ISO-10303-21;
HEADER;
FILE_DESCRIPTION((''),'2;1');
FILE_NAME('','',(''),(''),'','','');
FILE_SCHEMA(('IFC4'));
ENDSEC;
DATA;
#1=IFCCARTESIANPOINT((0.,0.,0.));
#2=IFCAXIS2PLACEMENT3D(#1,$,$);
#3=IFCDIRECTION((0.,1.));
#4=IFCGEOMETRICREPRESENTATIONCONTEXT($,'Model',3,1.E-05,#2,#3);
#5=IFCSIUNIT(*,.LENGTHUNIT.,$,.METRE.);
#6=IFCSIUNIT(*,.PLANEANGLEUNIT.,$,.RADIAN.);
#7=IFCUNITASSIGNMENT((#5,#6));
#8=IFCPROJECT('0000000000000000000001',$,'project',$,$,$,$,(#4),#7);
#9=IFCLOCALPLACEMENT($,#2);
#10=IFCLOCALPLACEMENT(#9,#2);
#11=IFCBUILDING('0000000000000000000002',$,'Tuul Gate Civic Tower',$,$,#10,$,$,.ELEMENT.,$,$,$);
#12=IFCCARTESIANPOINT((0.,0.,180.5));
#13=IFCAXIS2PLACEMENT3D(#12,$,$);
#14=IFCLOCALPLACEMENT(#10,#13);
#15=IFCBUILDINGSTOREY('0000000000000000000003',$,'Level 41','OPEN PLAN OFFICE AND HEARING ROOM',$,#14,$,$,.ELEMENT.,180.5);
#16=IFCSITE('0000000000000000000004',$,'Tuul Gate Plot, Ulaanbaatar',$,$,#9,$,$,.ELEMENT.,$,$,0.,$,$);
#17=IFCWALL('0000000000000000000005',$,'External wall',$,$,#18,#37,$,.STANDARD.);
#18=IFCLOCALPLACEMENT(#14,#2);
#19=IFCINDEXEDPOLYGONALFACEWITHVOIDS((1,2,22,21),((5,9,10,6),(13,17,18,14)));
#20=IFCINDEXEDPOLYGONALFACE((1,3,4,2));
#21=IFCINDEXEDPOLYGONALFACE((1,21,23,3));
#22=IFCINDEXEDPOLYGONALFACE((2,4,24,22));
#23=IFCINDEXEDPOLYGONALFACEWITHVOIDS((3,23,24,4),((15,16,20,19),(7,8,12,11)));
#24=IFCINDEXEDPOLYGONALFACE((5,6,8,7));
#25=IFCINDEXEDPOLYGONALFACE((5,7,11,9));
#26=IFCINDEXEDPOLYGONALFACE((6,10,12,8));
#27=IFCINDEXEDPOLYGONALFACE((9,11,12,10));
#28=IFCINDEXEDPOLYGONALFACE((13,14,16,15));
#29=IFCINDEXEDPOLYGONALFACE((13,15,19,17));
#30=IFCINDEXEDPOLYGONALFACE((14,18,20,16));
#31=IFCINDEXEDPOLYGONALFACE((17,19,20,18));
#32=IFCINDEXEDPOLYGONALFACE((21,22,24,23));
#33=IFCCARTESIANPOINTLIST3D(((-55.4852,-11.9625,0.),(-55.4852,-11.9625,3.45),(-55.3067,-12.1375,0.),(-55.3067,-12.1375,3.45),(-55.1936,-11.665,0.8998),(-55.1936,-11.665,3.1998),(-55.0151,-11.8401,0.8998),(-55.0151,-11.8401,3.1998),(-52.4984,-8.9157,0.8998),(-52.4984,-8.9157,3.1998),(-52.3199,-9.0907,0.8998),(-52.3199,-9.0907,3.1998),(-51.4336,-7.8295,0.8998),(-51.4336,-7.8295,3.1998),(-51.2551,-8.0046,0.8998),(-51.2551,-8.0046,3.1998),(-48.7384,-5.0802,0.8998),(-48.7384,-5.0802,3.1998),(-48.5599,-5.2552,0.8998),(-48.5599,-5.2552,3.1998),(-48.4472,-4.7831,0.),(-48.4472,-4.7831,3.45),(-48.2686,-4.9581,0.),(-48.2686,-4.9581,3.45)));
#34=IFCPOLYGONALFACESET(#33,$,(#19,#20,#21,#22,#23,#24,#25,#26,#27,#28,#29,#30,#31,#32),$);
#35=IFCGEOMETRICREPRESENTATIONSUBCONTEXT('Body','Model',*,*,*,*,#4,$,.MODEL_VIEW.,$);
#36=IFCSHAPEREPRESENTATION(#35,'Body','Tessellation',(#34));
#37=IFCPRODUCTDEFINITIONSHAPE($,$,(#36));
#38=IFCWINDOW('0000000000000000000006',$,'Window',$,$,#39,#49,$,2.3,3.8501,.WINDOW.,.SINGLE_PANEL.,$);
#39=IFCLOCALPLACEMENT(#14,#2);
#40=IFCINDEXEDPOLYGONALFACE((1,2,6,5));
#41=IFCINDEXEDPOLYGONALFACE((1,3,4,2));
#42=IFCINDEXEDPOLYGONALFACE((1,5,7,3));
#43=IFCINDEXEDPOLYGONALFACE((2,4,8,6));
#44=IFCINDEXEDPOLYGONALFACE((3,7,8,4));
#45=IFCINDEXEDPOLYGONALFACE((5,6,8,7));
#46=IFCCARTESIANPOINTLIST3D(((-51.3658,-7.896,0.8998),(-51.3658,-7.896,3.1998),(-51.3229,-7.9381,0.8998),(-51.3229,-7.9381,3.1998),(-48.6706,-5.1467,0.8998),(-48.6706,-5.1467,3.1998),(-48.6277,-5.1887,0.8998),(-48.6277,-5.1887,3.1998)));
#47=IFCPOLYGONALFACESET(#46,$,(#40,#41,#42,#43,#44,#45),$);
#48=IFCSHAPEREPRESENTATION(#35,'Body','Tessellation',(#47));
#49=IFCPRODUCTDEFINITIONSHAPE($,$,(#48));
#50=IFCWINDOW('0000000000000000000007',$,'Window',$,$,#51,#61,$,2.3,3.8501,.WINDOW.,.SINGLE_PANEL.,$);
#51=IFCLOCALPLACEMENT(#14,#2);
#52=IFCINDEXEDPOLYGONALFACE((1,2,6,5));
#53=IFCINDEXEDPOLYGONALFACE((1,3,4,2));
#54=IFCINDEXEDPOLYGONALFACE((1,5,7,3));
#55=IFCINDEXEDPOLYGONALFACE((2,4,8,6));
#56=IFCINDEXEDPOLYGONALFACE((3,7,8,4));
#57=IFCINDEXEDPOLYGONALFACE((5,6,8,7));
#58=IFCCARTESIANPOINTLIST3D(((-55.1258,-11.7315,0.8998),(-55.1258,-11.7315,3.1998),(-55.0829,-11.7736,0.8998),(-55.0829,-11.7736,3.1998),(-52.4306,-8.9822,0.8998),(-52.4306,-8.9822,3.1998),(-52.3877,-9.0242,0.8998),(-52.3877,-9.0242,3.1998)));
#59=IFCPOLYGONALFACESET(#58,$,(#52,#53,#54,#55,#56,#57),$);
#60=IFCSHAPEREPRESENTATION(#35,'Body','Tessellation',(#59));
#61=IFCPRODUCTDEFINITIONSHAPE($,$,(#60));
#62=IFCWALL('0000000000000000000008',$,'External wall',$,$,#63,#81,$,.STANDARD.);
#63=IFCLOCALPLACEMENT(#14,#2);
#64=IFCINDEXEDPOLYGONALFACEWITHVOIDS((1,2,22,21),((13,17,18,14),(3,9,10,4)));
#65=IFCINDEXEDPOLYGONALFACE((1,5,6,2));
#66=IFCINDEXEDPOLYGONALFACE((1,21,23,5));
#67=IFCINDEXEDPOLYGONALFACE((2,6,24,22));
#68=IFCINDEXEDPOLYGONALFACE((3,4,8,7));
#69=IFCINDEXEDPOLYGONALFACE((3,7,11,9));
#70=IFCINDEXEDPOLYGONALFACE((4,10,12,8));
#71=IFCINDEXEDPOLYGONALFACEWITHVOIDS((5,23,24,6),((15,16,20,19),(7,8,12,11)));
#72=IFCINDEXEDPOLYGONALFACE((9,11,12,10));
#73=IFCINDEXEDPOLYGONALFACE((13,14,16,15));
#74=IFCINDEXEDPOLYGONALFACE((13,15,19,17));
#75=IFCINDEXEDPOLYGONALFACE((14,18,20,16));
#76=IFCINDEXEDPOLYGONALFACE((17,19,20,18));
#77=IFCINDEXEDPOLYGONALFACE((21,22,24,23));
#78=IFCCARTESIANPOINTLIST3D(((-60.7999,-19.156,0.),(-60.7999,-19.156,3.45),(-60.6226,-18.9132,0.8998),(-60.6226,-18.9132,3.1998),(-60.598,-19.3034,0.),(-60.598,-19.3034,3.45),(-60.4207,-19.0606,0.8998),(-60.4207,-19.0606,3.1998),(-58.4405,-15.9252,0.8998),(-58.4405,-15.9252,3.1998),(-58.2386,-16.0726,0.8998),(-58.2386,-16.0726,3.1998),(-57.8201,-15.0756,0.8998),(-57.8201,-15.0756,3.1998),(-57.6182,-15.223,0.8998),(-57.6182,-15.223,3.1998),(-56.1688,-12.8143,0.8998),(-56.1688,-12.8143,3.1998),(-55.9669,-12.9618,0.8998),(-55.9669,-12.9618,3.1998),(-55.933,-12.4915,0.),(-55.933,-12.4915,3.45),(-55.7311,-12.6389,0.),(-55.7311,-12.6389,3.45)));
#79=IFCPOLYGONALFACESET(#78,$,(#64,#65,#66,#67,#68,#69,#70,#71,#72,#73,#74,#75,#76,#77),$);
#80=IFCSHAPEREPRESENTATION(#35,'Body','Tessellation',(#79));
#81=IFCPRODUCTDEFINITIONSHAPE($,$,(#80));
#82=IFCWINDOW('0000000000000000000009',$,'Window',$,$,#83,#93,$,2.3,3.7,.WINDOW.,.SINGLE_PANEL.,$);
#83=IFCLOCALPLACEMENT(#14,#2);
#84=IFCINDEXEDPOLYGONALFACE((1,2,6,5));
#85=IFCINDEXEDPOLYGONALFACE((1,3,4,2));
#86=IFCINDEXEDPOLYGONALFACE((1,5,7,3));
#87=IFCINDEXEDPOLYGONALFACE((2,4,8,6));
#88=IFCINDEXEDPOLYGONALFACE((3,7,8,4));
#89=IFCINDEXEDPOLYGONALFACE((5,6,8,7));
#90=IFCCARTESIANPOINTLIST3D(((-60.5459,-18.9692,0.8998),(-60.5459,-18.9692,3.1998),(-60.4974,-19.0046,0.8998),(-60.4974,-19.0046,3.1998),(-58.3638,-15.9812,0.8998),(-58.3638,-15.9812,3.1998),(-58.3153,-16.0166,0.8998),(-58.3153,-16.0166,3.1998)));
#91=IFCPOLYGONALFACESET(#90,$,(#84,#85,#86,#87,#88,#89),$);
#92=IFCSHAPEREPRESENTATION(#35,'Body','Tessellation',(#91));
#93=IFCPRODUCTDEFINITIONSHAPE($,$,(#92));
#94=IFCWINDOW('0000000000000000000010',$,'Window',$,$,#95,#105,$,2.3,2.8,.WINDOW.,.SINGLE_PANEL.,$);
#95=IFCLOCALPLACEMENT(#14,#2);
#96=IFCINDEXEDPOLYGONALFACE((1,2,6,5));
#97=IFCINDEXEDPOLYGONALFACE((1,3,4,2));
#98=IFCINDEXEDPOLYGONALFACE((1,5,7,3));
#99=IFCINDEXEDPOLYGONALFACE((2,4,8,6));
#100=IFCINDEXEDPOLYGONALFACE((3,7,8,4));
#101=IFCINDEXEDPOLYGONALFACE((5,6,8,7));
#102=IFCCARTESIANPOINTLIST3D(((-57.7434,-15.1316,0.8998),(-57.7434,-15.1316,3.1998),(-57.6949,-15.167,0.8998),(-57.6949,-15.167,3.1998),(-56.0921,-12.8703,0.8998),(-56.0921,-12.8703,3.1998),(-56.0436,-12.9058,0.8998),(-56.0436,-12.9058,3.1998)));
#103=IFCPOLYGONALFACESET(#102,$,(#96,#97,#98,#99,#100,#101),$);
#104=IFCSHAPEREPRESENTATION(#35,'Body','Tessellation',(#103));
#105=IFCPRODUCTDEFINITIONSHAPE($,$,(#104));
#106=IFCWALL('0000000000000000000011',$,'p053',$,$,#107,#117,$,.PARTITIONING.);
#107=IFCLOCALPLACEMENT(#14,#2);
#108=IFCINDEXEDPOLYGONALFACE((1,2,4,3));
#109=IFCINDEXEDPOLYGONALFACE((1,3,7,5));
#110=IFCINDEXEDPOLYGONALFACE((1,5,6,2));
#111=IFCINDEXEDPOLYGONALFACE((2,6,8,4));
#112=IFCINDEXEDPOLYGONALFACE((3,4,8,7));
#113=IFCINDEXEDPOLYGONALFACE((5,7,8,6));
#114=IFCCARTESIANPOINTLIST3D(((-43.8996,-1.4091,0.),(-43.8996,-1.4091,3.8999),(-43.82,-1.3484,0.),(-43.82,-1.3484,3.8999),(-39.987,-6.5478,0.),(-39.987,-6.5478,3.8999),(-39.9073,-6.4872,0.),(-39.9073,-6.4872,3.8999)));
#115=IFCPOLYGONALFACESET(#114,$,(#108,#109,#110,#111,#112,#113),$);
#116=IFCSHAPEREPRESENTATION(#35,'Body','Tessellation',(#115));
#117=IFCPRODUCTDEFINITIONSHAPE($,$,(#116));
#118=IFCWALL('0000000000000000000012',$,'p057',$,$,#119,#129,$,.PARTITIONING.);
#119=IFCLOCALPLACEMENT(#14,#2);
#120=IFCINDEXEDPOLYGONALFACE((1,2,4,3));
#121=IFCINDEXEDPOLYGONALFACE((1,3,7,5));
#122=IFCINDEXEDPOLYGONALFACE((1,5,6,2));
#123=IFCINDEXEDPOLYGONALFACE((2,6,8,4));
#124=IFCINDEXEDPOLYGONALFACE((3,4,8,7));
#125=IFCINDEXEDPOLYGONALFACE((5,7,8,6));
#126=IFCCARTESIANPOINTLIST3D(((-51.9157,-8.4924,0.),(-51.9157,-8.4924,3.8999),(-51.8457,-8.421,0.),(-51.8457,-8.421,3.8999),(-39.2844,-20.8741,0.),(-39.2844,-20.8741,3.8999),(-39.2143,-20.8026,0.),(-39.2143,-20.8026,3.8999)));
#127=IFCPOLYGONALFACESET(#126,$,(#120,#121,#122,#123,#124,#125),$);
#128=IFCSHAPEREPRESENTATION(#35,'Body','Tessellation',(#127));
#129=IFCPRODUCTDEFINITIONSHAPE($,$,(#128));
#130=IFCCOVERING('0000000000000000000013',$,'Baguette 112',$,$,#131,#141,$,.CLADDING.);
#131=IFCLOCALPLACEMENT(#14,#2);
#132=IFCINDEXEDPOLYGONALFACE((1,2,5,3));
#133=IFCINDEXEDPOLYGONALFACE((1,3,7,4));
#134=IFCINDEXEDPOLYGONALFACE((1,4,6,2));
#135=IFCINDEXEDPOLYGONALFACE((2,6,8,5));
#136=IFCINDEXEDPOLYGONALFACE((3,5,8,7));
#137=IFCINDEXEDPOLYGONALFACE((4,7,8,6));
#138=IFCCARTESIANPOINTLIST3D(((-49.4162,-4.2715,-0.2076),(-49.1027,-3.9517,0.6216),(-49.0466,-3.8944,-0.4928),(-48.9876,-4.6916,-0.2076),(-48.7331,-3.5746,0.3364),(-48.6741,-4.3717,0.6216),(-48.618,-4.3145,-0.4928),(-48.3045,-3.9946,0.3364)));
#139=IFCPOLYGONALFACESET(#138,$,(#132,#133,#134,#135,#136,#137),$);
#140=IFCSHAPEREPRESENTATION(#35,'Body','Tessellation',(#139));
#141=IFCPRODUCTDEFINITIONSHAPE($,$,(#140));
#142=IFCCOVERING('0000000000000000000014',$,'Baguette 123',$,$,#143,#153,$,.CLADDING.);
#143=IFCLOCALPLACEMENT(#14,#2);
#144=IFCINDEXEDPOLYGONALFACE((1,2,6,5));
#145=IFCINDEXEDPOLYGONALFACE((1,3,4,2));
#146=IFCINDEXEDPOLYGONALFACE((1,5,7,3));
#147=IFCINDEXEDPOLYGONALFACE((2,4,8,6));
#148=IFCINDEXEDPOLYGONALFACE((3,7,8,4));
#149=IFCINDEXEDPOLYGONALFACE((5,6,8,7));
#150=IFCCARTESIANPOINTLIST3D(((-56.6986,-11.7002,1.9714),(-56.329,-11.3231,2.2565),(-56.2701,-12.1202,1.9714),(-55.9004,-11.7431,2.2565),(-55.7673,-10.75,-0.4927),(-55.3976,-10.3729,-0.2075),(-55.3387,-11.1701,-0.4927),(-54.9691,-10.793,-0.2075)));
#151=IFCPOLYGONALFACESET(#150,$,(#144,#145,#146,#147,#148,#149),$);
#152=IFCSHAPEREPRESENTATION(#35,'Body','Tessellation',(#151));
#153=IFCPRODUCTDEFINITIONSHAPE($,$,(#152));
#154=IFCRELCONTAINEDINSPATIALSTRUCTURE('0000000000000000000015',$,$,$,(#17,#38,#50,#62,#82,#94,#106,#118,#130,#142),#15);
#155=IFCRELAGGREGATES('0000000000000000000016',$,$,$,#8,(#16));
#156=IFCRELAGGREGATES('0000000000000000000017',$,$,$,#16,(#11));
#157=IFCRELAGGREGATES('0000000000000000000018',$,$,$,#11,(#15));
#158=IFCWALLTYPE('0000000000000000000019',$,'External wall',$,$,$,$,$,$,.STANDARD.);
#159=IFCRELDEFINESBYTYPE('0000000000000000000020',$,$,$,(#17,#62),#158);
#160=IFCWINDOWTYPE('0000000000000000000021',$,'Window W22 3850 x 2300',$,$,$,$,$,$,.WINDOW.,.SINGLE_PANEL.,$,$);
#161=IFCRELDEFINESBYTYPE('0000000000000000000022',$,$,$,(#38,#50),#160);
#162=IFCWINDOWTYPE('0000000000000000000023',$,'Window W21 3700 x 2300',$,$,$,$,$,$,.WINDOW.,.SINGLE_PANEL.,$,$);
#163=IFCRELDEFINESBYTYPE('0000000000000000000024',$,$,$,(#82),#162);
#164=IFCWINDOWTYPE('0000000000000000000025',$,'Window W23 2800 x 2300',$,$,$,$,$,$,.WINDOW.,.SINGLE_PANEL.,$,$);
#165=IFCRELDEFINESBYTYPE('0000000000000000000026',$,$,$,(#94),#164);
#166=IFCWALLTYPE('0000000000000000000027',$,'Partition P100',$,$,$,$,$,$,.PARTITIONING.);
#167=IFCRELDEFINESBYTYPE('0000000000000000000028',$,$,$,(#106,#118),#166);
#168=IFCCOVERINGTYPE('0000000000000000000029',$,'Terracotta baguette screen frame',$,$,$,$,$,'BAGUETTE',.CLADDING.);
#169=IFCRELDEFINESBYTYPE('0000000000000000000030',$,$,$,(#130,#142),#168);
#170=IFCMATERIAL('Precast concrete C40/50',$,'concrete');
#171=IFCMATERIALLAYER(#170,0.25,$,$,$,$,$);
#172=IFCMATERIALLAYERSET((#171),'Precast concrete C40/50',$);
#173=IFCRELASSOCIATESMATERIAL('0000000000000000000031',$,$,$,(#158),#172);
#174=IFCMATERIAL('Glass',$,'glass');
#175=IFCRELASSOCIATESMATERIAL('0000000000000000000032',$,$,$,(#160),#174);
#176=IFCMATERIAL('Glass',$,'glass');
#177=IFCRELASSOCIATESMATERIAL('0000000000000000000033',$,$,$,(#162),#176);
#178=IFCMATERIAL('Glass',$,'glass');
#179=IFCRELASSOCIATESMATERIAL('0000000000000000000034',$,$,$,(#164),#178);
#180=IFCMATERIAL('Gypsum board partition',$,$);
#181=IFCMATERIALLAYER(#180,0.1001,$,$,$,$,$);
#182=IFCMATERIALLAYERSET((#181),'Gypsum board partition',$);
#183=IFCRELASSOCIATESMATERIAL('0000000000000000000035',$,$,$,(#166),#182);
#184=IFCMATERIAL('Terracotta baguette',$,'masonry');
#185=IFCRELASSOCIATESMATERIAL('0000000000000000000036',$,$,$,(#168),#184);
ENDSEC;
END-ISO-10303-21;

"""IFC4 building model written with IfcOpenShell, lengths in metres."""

from ifc_helpers import new_model, si_unit, direction, frame, frame_2d, origin, origin_2d, place, context, subcontext, project, spatial, rectangle, extrude, material, layer, layer_set, material_profile, profile_set, type_object, element, fill, save


model = new_model("IFC4")

# Units and contexts
model_context = context("Model", 3, precision=1e-05, world=origin(), true_north=direction((0.0, 1.0)))
body_context = subcontext(model_context, "Body", "Model", "MODEL_VIEW")
ifc_project = project(units=[si_unit("LENGTHUNIT", "METRE"), si_unit("PLANEANGLEUNIT", "RADIAN")], contexts=[model_context])

# Site, building, storey
site_placement = place(None, origin())
site = spatial("IfcSite", under=ifc_project, at=site_placement, Name="Tuul Gate Plot, Ulaanbaatar", CompositionType="ELEMENT", RefElevation=0.0)
building_placement = place(site_placement, origin())
building = spatial("IfcBuilding", under=site, at=building_placement, Name="Tuul Gate Civic Tower", CompositionType="ELEMENT")
storey_placement = place(building_placement, frame((0.0, 0.0, 180.5)))
storey = spatial("IfcBuildingStorey", under=building, at=storey_placement, Name="Level 41", Description="OPEN PLAN OFFICE AND HEARING ROOM", CompositionType="ELEMENT", Elevation=180.5)

# Walls, openings, windows
ifc_material_1 = material(Name="Precast concrete C40/50", Category="concrete")
ifc_layer_1 = layer(ifc_material_1, 0.25)
ifc_layer_set_1 = layer_set([ifc_layer_1], Name="Precast concrete C40/50")
wall_type_1 = type_object("IfcWallType", Name="External wall", PredefinedType="STANDARD", material=ifc_layer_set_1)
ifc_material_2 = material(Name="Glass", Category="glass")
window_type_1 = type_object("IfcWindowType", Name="Window W22 3850 x 2300", PartitioningType="SINGLE_PANEL", PredefinedType="WINDOW", material=ifc_material_2)
wall_1_placement = place(storey_placement, frame((-48.3579, -4.8706, 0.0), z_axis=(0.0, 0.0, 1.0), x_axis=(-0.700042, -0.714102, 0.0)))
wall_1 = element("IfcWall", 1, at=wall_1_placement, inside=storey, type_object=wall_type_1, Name="External wall", PredefinedType="STANDARD", context=body_context, shape_type="SweptSolid", body=[
    extrude(rectangle(XDim=10.0537, YDim=0.25, at=frame_2d((5.0269, 0.0))), origin(), (0.0, 0.0, 1.0), 3.45),
])
opening_1_placement = place(wall_1_placement, frame((0.416, 0.0, 0.8999)))
opening_1 = element("IfcOpeningElement", 2, at=opening_1_placement, cuts=wall_1, PredefinedType="OPENING", context=body_context, shape_type="SweptSolid", body=[
    extrude(rectangle(XDim=3.8501, YDim=2.3, at=frame_2d((1.925, 1.1499))), frame((0.0, 0.135, 0.0), z_axis=(0.0, -1.0, 0.0), x_axis=(1.0, 0.0, 0.0)), (0.0, 0.0, 1.0), 0.27),
])
opening_2_placement = place(wall_1_placement, frame((5.7871, 0.0, 0.8999)))
opening_2 = element("IfcOpeningElement", 3, at=opening_2_placement, cuts=wall_1, PredefinedType="OPENING", context=body_context, shape_type="SweptSolid", body=[
    extrude(rectangle(XDim=3.8501, YDim=2.3, at=frame_2d((1.925, 1.1499))), frame((0.0, 0.135, 0.0), z_axis=(0.0, -1.0, 0.0), x_axis=(1.0, 0.0, 0.0)), (0.0, 0.0, 1.0), 0.27),
])
window_1_placement = place(opening_1_placement, origin())
window_1 = element("IfcWindow", 4, at=window_1_placement, inside=storey, type_object=window_type_1, Name="Window", OverallHeight=2.3, OverallWidth=3.8501, PartitioningType="SINGLE_PANEL", PredefinedType="WINDOW", context=body_context, shape_type="SweptSolid", body=[
    extrude(rectangle(XDim=3.8501, YDim=2.3, at=frame_2d((1.925, 1.1499))), frame((0.0, 0.03, 0.0), z_axis=(0.0, -1.0, 0.0), x_axis=(1.0, 0.0, 0.0)), (0.0, 0.0, 1.0), 0.0601),
])
fill(opening_1, window_1)
window_2_placement = place(opening_2_placement, origin())
window_2 = element("IfcWindow", 5, at=window_2_placement, inside=storey, type_object=window_type_1, Name="Window", OverallHeight=2.3, OverallWidth=3.8501, PartitioningType="SINGLE_PANEL", PredefinedType="WINDOW", context=body_context, shape_type="SweptSolid", body=[
    extrude(rectangle(XDim=3.8501, YDim=2.3, at=frame_2d((1.925, 1.1499))), frame((0.0, 0.03, 0.0), z_axis=(0.0, -1.0, 0.0), x_axis=(1.0, 0.0, 0.0)), (0.0, 0.0, 1.0), 0.0601),
])
fill(opening_2, window_2)
wall_2_placement = place(storey_placement, frame((-55.832, -12.5652, 0.0), z_axis=(0.0, 0.0, 1.0), x_axis=(-0.589755, -0.807582, 0.0)))
wall_2 = element("IfcWall", 6, at=wall_2_placement, inside=storey, type_object=wall_type_1, Name="External wall", PredefinedType="STANDARD", context=body_context, shape_type="SweptSolid", body=[
    extrude(rectangle(XDim=8.2524, YDim=0.25, at=frame_2d((4.1262, 0.0))), origin(), (0.0, 0.0, 1.0), 3.45),
])
opening_3_placement = place(wall_2_placement, frame((0.3999, 0.0, 0.8999)))
opening_3 = element("IfcOpeningElement", 7, at=opening_3_placement, cuts=wall_2, PredefinedType="OPENING", context=body_context, shape_type="SweptSolid", body=[
    extrude(rectangle(XDim=2.8, YDim=2.3, at=frame_2d((1.3999, 1.1499))), frame((0.0, 0.135, 0.0), z_axis=(0.0, -1.0, 0.0), x_axis=(1.0, 0.0, 0.0)), (0.0, 0.0, 1.0), 0.27),
])
opening_4_placement = place(wall_2_placement, frame((4.2517, 0.0, 0.8999)))
opening_4 = element("IfcOpeningElement", 8, at=opening_4_placement, cuts=wall_2, PredefinedType="OPENING", context=body_context, shape_type="SweptSolid", body=[
    extrude(rectangle(XDim=3.7, YDim=2.3, at=frame_2d((1.8501, 1.1499))), frame((0.0, 0.135, 0.0), z_axis=(0.0, -1.0, 0.0), x_axis=(1.0, 0.0, 0.0)), (0.0, 0.0, 1.0), 0.27),
])
ifc_material_3 = material(Name="Glass", Category="glass")
window_type_2 = type_object("IfcWindowType", Name="Window W21 3700 x 2300", PartitioningType="SINGLE_PANEL", PredefinedType="WINDOW", material=ifc_material_3)
window_3_placement = place(opening_4_placement, origin())
window_3 = element("IfcWindow", 9, at=window_3_placement, inside=storey, type_object=window_type_2, Name="Window", OverallHeight=2.3, OverallWidth=3.7, PartitioningType="SINGLE_PANEL", PredefinedType="WINDOW", context=body_context, shape_type="SweptSolid", body=[
    extrude(rectangle(XDim=3.7, YDim=2.3, at=frame_2d((1.8501, 1.1499))), frame((0.0, 0.03, 0.0), z_axis=(0.0, -1.0, 0.0), x_axis=(1.0, 0.0, 0.0)), (0.0, 0.0, 1.0), 0.0601),
])
fill(opening_4, window_3)
ifc_material_4 = material(Name="Glass", Category="glass")
window_type_3 = type_object("IfcWindowType", Name="Window W23 2800 x 2300", PartitioningType="SINGLE_PANEL", PredefinedType="WINDOW", material=ifc_material_4)
window_4_placement = place(opening_3_placement, origin())
window_4 = element("IfcWindow", 10, at=window_4_placement, inside=storey, type_object=window_type_3, Name="Window", OverallHeight=2.3, OverallWidth=2.8, PartitioningType="SINGLE_PANEL", PredefinedType="WINDOW", context=body_context, shape_type="SweptSolid", body=[
    extrude(rectangle(XDim=2.8, YDim=2.3, at=frame_2d((1.3999, 1.1499))), frame((0.0, 0.03, 0.0), z_axis=(0.0, -1.0, 0.0), x_axis=(1.0, 0.0, 0.0)), (0.0, 0.0, 1.0), 0.0601),
])
fill(opening_3, window_4)

# Walls
ifc_material_5 = material(Name="Gypsum board partition")
ifc_layer_2 = layer(ifc_material_5, 0.1001)
ifc_layer_set_2 = layer_set([ifc_layer_2], Name="Gypsum board partition")
wall_type_2 = type_object("IfcWallType", Name="Partition P100", PredefinedType="PARTITIONING", material=ifc_layer_set_2)
wall_3_placement = place(storey_placement, frame((-43.8599, -1.3787, 0.0), z_axis=(0.0, 0.0, 1.0), x_axis=(0.60579, -0.795624, 0.0)))
element("IfcWall", 11, at=wall_3_placement, inside=storey, type_object=wall_type_2, Name="p053", PredefinedType="PARTITIONING", context=body_context, shape_type="SweptSolid", body=[
    extrude(rectangle(XDim=6.4587, YDim=0.1001, at=frame_2d((3.2295, 0.0))), origin(), (0.0, 0.0, 1.0), 3.8999),
])
wall_4_placement = place(storey_placement, frame((-51.8806, -8.4568, 0.0), z_axis=(0.0, 0.0, 1.0), x_axis=(0.714132, -0.700011, 0.0)))
element("IfcWall", 12, at=wall_4_placement, inside=storey, type_object=wall_type_2, Name="p057", PredefinedType="PARTITIONING", context=body_context, shape_type="SweptSolid", body=[
    extrude(rectangle(XDim=17.6877, YDim=0.1001, at=frame_2d((8.8438, 0.0))), origin(), (0.0, 0.0, 1.0), 3.8999),
])

# Coverings
ifc_material_6 = material(Name="Terracotta baguette", Category="masonry")
ifc_material_profile_1 = material_profile(ifc_material_6, rectangle(XDim=0.6001, YDim=0.6001, at=origin_2d()), Name="Terracotta baguette screen frame")
ifc_profile_set_1 = profile_set([ifc_material_profile_1], Name="Terracotta baguette")
covering_type = type_object("IfcCoveringType", Name="Terracotta baguette screen frame", ElementType="BAGUETTE", PredefinedType="CLADDING", material=ifc_profile_set_1)
covering_1_placement = place(storey_placement, frame((-48.7036, -3.9731, 0.479), z_axis=(-0.332665, -0.339401, -0.879853), x_axis=(0.714158, -0.699984, 0.0)))
element("IfcCovering", 13, at=covering_1_placement, inside=storey, type_object=covering_type, Name="Baguette 112", PredefinedType="CLADDING", context=body_context, shape_type="SweptSolid", body=[
    extrude(rectangle(XDim=0.6001, YDim=0.6001, at=origin_2d()), origin(), (0.0, 0.0, 1.0), 0.9424),
])
covering_2_placement = place(storey_placement, frame((-55.3682, -10.7715, -0.3501), z_axis=(-0.332595, -0.339308, 0.879915), x_axis=(0.714136, -0.700007, 0.0)))
element("IfcCovering", 14, at=covering_2_placement, inside=storey, type_object=covering_type, Name="Baguette 123", PredefinedType="CLADDING", context=body_context, shape_type="SweptSolid", body=[
    extrude(rectangle(XDim=0.6001, YDim=0.6001, at=origin_2d()), origin(), (0.0, 0.0, 1.0), 2.8003),
])

save(model, "model.ifc")
